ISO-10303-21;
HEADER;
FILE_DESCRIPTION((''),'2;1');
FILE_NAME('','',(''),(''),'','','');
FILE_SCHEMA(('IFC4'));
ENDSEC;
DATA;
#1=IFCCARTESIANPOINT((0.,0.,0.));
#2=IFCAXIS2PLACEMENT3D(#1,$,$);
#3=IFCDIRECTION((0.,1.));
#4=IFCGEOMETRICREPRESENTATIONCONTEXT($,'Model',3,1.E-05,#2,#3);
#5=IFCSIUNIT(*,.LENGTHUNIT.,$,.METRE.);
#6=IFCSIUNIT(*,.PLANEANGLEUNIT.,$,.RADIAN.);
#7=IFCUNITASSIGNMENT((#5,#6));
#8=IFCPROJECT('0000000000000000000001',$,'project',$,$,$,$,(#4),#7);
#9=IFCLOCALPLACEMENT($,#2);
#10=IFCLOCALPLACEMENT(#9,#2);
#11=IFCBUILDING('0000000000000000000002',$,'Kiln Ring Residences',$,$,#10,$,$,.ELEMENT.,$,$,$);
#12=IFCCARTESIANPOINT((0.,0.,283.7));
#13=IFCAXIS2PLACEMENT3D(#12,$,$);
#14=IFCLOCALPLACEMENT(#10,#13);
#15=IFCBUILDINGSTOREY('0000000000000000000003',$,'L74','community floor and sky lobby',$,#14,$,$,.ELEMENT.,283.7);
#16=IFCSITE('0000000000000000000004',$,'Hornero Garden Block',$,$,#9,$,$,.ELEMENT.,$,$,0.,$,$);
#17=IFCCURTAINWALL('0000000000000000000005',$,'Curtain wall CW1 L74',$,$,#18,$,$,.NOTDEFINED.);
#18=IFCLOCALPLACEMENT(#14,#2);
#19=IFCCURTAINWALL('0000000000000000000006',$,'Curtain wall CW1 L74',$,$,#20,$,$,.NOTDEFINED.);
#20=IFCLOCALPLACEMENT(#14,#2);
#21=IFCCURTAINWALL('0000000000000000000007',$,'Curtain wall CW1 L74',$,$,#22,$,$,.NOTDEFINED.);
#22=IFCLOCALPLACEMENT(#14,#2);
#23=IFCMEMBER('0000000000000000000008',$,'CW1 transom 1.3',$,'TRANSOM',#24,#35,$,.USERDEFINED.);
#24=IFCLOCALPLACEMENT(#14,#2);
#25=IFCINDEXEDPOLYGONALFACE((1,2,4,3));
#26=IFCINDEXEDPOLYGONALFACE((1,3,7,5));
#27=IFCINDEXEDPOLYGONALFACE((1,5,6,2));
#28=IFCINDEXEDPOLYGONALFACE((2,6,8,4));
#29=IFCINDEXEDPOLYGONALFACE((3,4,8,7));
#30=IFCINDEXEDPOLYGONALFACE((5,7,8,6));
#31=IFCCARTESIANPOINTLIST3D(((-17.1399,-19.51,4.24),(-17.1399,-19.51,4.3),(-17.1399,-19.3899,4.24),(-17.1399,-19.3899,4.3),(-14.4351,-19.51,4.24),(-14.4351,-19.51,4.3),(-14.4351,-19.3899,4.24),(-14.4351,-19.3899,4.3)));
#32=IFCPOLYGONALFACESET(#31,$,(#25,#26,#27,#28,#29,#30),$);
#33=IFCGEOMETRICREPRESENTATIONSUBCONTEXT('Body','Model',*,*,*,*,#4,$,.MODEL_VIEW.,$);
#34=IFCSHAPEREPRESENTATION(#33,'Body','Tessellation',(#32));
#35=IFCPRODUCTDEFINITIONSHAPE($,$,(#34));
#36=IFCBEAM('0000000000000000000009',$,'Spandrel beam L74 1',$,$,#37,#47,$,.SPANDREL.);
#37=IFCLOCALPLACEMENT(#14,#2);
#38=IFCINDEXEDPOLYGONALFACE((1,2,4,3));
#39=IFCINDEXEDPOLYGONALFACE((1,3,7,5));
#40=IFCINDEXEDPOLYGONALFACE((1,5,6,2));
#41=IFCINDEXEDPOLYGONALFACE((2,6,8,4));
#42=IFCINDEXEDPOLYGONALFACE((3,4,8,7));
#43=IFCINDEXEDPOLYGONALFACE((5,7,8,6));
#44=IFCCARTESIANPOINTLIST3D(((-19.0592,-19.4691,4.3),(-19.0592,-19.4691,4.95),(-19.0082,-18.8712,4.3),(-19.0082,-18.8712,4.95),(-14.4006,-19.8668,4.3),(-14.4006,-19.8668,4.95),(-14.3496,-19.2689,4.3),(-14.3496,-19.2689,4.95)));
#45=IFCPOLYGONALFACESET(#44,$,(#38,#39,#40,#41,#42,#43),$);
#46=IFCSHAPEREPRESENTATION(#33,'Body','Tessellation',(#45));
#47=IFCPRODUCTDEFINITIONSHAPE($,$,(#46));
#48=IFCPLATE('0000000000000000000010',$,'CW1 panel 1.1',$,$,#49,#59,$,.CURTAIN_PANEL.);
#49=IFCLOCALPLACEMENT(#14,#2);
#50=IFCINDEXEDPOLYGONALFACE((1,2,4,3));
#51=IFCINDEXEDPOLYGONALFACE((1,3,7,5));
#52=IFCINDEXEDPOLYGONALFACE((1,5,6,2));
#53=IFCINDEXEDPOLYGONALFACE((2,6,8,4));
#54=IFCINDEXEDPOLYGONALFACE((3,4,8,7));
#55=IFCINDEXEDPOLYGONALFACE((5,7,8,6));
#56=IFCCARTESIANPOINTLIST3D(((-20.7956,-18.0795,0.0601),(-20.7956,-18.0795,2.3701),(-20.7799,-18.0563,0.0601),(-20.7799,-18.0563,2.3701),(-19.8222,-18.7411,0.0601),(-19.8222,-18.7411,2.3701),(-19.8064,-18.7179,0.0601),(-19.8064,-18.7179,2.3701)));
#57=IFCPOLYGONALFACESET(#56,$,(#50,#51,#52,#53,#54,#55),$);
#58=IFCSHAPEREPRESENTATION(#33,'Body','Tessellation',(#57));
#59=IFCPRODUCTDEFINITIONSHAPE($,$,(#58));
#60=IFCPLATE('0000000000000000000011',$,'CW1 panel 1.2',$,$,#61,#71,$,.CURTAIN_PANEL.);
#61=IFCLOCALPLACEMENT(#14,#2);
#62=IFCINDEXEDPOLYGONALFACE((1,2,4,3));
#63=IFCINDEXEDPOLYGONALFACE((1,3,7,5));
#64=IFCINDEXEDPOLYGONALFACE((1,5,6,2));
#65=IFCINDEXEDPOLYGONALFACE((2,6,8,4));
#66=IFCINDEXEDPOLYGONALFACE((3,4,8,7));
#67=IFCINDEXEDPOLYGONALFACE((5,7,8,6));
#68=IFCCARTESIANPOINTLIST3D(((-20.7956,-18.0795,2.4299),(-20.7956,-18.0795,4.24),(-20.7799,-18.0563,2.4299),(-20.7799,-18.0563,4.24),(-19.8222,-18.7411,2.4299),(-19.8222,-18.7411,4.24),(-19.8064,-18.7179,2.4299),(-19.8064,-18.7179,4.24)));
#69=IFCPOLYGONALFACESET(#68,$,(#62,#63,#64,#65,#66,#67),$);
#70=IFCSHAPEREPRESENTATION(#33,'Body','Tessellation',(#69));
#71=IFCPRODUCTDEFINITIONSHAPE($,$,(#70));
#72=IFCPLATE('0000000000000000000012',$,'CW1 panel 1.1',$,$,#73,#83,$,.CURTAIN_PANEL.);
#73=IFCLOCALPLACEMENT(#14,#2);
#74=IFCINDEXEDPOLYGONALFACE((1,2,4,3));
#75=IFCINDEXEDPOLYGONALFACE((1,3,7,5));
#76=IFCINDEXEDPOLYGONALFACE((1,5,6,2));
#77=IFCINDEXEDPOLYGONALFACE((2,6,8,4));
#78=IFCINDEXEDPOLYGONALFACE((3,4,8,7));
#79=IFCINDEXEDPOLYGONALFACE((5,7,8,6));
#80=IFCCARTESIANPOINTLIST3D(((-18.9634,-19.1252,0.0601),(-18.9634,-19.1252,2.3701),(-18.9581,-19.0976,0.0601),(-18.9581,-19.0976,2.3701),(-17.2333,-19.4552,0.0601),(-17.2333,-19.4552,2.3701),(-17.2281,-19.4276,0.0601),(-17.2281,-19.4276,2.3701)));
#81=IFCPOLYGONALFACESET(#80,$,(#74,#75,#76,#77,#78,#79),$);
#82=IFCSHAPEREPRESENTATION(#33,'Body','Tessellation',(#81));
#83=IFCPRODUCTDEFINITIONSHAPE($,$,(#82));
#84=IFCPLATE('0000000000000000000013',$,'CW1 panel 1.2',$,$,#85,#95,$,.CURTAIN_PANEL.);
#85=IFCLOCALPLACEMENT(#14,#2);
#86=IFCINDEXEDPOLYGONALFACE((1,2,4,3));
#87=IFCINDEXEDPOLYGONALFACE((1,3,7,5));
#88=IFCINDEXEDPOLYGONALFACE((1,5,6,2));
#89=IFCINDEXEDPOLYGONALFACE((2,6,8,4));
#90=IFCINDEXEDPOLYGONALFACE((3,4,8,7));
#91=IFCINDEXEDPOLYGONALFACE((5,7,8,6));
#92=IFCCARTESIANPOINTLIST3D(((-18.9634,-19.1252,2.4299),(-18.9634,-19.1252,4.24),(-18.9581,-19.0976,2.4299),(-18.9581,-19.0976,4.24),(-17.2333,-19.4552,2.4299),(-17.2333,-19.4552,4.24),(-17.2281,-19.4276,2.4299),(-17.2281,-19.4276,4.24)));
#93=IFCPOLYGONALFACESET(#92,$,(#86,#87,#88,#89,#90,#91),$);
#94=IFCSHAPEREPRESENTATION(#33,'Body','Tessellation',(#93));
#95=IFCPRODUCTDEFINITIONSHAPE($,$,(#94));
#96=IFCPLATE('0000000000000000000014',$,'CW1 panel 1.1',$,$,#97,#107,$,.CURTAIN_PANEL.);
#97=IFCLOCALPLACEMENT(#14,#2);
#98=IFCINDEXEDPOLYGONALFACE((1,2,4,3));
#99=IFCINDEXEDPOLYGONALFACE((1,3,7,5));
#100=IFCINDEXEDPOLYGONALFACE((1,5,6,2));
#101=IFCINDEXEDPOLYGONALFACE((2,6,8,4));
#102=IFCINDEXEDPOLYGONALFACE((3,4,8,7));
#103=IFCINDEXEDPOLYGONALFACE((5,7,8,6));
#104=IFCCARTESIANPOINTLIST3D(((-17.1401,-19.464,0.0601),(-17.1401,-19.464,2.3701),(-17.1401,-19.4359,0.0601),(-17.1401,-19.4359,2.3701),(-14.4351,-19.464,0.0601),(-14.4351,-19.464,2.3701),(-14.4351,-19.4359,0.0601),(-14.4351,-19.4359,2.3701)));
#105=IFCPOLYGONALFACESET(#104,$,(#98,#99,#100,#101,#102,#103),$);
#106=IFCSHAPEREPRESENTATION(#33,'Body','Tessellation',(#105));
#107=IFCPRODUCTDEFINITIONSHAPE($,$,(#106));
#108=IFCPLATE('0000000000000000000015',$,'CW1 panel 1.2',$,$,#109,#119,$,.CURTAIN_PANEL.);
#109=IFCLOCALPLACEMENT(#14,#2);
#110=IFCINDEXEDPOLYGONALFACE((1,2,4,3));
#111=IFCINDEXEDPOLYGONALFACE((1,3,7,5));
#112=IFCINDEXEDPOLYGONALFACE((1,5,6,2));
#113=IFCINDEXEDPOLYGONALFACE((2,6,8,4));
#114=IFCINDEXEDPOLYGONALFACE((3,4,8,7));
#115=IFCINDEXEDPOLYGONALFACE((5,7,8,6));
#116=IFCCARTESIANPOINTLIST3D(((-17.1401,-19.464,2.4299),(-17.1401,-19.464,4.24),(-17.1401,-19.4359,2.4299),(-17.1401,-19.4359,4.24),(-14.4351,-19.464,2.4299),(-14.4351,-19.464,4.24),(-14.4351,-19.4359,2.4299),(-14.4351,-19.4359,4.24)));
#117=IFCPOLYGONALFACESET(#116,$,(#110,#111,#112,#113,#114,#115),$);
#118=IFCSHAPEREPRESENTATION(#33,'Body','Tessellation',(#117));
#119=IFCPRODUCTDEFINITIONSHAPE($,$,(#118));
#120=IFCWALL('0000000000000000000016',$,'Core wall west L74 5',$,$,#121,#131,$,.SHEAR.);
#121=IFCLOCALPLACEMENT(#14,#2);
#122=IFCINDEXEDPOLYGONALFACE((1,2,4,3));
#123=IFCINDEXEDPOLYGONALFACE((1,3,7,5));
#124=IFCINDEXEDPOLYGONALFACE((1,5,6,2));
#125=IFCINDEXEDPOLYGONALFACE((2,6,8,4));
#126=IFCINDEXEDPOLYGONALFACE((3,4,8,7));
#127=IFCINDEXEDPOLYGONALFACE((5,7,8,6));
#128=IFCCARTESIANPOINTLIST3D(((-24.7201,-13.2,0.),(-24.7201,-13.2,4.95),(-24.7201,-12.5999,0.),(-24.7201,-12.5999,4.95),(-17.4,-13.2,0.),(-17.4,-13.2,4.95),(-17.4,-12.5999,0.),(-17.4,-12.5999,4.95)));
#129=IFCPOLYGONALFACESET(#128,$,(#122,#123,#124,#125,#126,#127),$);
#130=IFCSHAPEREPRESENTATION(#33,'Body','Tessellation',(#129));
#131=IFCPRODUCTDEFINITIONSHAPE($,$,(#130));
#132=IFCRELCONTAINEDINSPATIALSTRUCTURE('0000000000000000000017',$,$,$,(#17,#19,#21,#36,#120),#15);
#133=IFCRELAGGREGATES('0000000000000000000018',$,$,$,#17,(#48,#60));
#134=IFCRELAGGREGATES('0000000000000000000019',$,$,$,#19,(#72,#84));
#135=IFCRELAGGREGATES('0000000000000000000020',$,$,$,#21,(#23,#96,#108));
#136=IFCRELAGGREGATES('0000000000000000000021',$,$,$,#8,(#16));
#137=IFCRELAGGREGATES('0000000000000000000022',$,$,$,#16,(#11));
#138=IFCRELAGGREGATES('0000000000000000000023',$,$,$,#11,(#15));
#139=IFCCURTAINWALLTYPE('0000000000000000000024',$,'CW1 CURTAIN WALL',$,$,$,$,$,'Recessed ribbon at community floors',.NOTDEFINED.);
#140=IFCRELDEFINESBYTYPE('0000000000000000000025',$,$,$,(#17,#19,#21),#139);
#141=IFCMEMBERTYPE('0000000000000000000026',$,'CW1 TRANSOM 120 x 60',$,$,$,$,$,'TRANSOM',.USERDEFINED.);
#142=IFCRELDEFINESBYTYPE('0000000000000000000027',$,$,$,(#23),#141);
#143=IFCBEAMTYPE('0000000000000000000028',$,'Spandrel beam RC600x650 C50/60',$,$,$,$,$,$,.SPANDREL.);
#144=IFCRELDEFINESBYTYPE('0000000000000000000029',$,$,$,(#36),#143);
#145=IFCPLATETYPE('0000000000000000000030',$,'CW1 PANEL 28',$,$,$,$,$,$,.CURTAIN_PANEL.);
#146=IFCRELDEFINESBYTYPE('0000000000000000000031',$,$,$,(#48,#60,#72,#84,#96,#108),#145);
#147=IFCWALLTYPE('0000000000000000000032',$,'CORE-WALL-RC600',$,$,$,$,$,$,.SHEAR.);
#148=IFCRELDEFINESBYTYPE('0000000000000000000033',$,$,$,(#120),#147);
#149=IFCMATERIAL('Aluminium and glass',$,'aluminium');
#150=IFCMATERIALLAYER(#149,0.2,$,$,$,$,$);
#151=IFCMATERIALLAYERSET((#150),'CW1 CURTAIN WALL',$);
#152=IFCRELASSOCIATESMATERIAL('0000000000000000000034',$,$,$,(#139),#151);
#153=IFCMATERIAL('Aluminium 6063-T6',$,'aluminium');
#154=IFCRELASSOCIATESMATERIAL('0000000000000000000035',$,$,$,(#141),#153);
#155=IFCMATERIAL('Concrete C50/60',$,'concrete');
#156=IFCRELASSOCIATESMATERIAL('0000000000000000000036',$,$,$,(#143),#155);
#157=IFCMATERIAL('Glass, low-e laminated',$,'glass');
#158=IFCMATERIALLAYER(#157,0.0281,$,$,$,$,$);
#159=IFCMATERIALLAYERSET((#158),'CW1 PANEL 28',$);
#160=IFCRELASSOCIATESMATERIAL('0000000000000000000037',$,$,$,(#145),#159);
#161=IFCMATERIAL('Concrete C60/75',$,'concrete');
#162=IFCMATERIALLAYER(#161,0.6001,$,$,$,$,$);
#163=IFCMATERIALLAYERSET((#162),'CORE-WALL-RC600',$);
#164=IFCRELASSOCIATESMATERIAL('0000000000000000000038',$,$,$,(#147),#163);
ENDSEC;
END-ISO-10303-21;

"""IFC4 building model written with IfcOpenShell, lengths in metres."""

from ifc_helpers import new_model, si_unit, direction, frame, frame_2d, origin, origin_2d, place, context, subcontext, project, spatial, rectangle, extrude, material, layer, layer_set, material_profile, profile_set, type_object, element, aggregate, save


model = new_model("IFC4")

# Units and contexts
model_context = context("Model", 3, precision=1e-05, world=origin(), true_north=direction((0.0, 1.0)))
body_context = subcontext(model_context, "Body", "Model", "MODEL_VIEW")
ifc_project = project(units=[si_unit("LENGTHUNIT", "METRE"), si_unit("PLANEANGLEUNIT", "RADIAN")], contexts=[model_context])

# Site, building, storey
site_placement = place(None, origin())
site = spatial("IfcSite", under=ifc_project, at=site_placement, Name="Hornero Garden Block", CompositionType="ELEMENT", RefElevation=0.0)
building_placement = place(site_placement, origin())
building = spatial("IfcBuilding", under=site, at=building_placement, Name="Kiln Ring Residences", CompositionType="ELEMENT")
storey_placement = place(building_placement, frame((0.0, 0.0, 283.7)))
storey = spatial("IfcBuildingStorey", under=building, at=storey_placement, Name="L74", Description="community floor and sky lobby", CompositionType="ELEMENT", Elevation=283.7)

# Curtain wall
ifc_material_1 = material(Name="Aluminium and glass", Category="aluminium")
ifc_layer_1 = layer(ifc_material_1, 0.2)
ifc_layer_set_1 = layer_set([ifc_layer_1], Name="CW1 CURTAIN WALL")
curtain_wall_type = type_object("IfcCurtainWallType", Name="CW1 CURTAIN WALL", ElementType="Recessed ribbon at community floors", PredefinedType="NOTDEFINED", material=ifc_layer_set_1)
placement = place(storey_placement, origin())
curtain_wall_1 = element("IfcCurtainWall", 1, at=placement, inside=storey, type_object=curtain_wall_type, Name="Curtain wall CW1 L74", PredefinedType="NOTDEFINED")

# Curtain wall
curtain_wall_2 = element("IfcCurtainWall", 2, at=placement, inside=storey, type_object=curtain_wall_type, Name="Curtain wall CW1 L74", PredefinedType="NOTDEFINED")

# Curtain wall
curtain_wall_3 = element("IfcCurtainWall", 3, at=placement, inside=storey, type_object=curtain_wall_type, Name="Curtain wall CW1 L74", PredefinedType="NOTDEFINED")

# Member
ifc_material_2 = material(Name="Aluminium 6063-T6", Category="aluminium")
ifc_material_profile_1 = material_profile(ifc_material_2, rectangle(XDim=0.1201, YDim=0.0601, at=origin_2d()), Name="AL 120x60")
ifc_profile_set_1 = profile_set([ifc_material_profile_1], Name="Aluminium 6063-T6")
member_type_1 = type_object("IfcMemberType", Name="CW1 TRANSOM 120 x 60", ElementType="TRANSOM", PredefinedType="USERDEFINED", material=ifc_profile_set_1)
member_1_placement = place(storey_placement, frame((-17.1399, -19.45, 4.27), z_axis=(1.0, 0.0, 0.0), x_axis=(0.0, 1.0, 0.0)))
member_1 = element("IfcMember", 4, at=member_1_placement, type_object=member_type_1, Name="CW1 transom 1.3", ObjectType="TRANSOM", PredefinedType="USERDEFINED", context=body_context, shape_type="SweptSolid", body=[
    extrude(rectangle(XDim=0.1201, YDim=0.0601, at=origin_2d()), origin(), (0.0, 0.0, 1.0), 2.7048),
])

# Beam
ifc_material_3 = material(Name="Concrete C50/60", Category="concrete")
ifc_material_profile_2 = material_profile(ifc_material_3, rectangle(XDim=0.6001, YDim=0.6499, at=origin_2d()), Name="RC600x650")
ifc_profile_set_2 = profile_set([ifc_material_profile_2], Name="Concrete C50/60")
beam_type = type_object("IfcBeamType", Name="Spandrel beam RC600x650 C50/60", PredefinedType="SPANDREL", material=ifc_profile_set_2)
beam_placement = place(storey_placement, frame((-19.0337, -19.1702, 4.625), z_axis=(0.996376, -0.085059, 0.0), x_axis=(0.085059, 0.996376, 0.0)))
element("IfcBeam", 5, at=beam_placement, inside=storey, type_object=beam_type, Name="Spandrel beam L74 1", PredefinedType="SPANDREL", context=body_context, shape_type="SweptSolid", body=[
    extrude(rectangle(XDim=0.6001, YDim=0.6499, at=origin_2d()), origin(), (0.0, 0.0, 1.0), 4.6755),
])

# Plates
ifc_material_4 = material(Name="Glass, low-e laminated", Category="glass")
ifc_layer_2 = layer(ifc_material_4, 0.0281)
ifc_layer_set_2 = layer_set([ifc_layer_2], Name="CW1 PANEL 28")
plate_type = type_object("IfcPlateType", Name="CW1 PANEL 28", PredefinedType="CURTAIN_PANEL", material=ifc_layer_set_2)
plate_1_placement = place(storey_placement, frame((-20.301, -18.3987, 0.0601), z_axis=(0.0, 0.0, 1.0), x_axis=(0.827072, -0.562097, 0.0)))
plate_1 = element("IfcPlate", 6, at=plate_1_placement, type_object=plate_type, Name="CW1 panel 1.1", PredefinedType="CURTAIN_PANEL", context=body_context, shape_type="SweptSolid", body=[
    extrude(rectangle(XDim=1.177, YDim=0.0281, at=origin_2d()), origin(), (0.0, 0.0, 1.0), 2.3101),
])
plate_2_placement = place(storey_placement, frame((-20.301, -18.3987, 2.4299), z_axis=(0.0, 0.0, 1.0), x_axis=(0.827072, -0.562097, 0.0)))
plate_2 = element("IfcPlate", 7, at=plate_2_placement, type_object=plate_type, Name="CW1 panel 1.2", PredefinedType="CURTAIN_PANEL", context=body_context, shape_type="SweptSolid", body=[
    extrude(rectangle(XDim=1.177, YDim=0.0281, at=origin_2d()), origin(), (0.0, 0.0, 1.0), 1.8101),
])
aggregate(curtain_wall_1, [plate_1, plate_2])
plate_3_placement = place(storey_placement, frame((-18.0957, -19.2764, 0.0601), z_axis=(0.0, 0.0, 1.0), x_axis=(0.98229, -0.187366, 0.0)))
plate_3 = element("IfcPlate", 8, at=plate_3_placement, type_object=plate_type, Name="CW1 panel 1.1", PredefinedType="CURTAIN_PANEL", context=body_context, shape_type="SweptSolid", body=[
    extrude(rectangle(XDim=1.7612, YDim=0.0281, at=origin_2d()), origin(), (0.0, 0.0, 1.0), 2.3101),
])
plate_4_placement = place(storey_placement, frame((-18.0957, -19.2764, 2.4299), z_axis=(0.0, 0.0, 1.0), x_axis=(0.98229, -0.187366, 0.0)))
plate_4 = element("IfcPlate", 9, at=plate_4_placement, type_object=plate_type, Name="CW1 panel 1.2", PredefinedType="CURTAIN_PANEL", context=body_context, shape_type="SweptSolid", body=[
    extrude(rectangle(XDim=1.7612, YDim=0.0281, at=origin_2d()), origin(), (0.0, 0.0, 1.0), 1.8101),
])
aggregate(curtain_wall_2, [plate_3, plate_4])
plate_5_placement = place(storey_placement, frame((-15.7876, -19.45, 0.0601), z_axis=(0.0, 0.0, 1.0), x_axis=(1.0, 0.0, 0.0)))
plate_5 = element("IfcPlate", 10, at=plate_5_placement, type_object=plate_type, Name="CW1 panel 1.1", PredefinedType="CURTAIN_PANEL", context=body_context, shape_type="SweptSolid", body=[
    extrude(rectangle(XDim=2.7051, YDim=0.0281, at=origin_2d()), origin(), (0.0, 0.0, 1.0), 2.3101),
])
plate_6_placement = place(storey_placement, frame((-15.7876, -19.45, 2.4299), z_axis=(0.0, 0.0, 1.0), x_axis=(1.0, 0.0, 0.0)))
plate_6 = element("IfcPlate", 11, at=plate_6_placement, type_object=plate_type, Name="CW1 panel 1.2", PredefinedType="CURTAIN_PANEL", context=body_context, shape_type="SweptSolid", body=[
    extrude(rectangle(XDim=2.7051, YDim=0.0281, at=origin_2d()), origin(), (0.0, 0.0, 1.0), 1.8101),
])
aggregate(curtain_wall_3, [member_1, plate_5, plate_6])

# Wall
ifc_material_5 = material(Name="Concrete C60/75", Category="concrete")
ifc_layer_3 = layer(ifc_material_5, 0.6001)
ifc_layer_set_3 = layer_set([ifc_layer_3], Name="CORE-WALL-RC600")
wall_type_1 = type_object("IfcWallType", Name="CORE-WALL-RC600", PredefinedType="SHEAR", material=ifc_layer_set_3)
wall_1_placement = place(storey_placement, frame((-17.3999, -12.8999, 0.0), z_axis=(0.0, 0.0, 1.0), x_axis=(-1.0, 0.0, 0.0)))
element("IfcWall", 12, at=wall_1_placement, inside=storey, type_object=wall_type_1, Name="Core wall west L74 5", PredefinedType="SHEAR", context=body_context, shape_type="SweptSolid", body=[
    extrude(rectangle(XDim=7.3201, YDim=0.6001, at=frame_2d((3.6602, 0.0))), origin(), (0.0, 0.0, 1.0), 4.95),
])

save(model, "model.ifc")
